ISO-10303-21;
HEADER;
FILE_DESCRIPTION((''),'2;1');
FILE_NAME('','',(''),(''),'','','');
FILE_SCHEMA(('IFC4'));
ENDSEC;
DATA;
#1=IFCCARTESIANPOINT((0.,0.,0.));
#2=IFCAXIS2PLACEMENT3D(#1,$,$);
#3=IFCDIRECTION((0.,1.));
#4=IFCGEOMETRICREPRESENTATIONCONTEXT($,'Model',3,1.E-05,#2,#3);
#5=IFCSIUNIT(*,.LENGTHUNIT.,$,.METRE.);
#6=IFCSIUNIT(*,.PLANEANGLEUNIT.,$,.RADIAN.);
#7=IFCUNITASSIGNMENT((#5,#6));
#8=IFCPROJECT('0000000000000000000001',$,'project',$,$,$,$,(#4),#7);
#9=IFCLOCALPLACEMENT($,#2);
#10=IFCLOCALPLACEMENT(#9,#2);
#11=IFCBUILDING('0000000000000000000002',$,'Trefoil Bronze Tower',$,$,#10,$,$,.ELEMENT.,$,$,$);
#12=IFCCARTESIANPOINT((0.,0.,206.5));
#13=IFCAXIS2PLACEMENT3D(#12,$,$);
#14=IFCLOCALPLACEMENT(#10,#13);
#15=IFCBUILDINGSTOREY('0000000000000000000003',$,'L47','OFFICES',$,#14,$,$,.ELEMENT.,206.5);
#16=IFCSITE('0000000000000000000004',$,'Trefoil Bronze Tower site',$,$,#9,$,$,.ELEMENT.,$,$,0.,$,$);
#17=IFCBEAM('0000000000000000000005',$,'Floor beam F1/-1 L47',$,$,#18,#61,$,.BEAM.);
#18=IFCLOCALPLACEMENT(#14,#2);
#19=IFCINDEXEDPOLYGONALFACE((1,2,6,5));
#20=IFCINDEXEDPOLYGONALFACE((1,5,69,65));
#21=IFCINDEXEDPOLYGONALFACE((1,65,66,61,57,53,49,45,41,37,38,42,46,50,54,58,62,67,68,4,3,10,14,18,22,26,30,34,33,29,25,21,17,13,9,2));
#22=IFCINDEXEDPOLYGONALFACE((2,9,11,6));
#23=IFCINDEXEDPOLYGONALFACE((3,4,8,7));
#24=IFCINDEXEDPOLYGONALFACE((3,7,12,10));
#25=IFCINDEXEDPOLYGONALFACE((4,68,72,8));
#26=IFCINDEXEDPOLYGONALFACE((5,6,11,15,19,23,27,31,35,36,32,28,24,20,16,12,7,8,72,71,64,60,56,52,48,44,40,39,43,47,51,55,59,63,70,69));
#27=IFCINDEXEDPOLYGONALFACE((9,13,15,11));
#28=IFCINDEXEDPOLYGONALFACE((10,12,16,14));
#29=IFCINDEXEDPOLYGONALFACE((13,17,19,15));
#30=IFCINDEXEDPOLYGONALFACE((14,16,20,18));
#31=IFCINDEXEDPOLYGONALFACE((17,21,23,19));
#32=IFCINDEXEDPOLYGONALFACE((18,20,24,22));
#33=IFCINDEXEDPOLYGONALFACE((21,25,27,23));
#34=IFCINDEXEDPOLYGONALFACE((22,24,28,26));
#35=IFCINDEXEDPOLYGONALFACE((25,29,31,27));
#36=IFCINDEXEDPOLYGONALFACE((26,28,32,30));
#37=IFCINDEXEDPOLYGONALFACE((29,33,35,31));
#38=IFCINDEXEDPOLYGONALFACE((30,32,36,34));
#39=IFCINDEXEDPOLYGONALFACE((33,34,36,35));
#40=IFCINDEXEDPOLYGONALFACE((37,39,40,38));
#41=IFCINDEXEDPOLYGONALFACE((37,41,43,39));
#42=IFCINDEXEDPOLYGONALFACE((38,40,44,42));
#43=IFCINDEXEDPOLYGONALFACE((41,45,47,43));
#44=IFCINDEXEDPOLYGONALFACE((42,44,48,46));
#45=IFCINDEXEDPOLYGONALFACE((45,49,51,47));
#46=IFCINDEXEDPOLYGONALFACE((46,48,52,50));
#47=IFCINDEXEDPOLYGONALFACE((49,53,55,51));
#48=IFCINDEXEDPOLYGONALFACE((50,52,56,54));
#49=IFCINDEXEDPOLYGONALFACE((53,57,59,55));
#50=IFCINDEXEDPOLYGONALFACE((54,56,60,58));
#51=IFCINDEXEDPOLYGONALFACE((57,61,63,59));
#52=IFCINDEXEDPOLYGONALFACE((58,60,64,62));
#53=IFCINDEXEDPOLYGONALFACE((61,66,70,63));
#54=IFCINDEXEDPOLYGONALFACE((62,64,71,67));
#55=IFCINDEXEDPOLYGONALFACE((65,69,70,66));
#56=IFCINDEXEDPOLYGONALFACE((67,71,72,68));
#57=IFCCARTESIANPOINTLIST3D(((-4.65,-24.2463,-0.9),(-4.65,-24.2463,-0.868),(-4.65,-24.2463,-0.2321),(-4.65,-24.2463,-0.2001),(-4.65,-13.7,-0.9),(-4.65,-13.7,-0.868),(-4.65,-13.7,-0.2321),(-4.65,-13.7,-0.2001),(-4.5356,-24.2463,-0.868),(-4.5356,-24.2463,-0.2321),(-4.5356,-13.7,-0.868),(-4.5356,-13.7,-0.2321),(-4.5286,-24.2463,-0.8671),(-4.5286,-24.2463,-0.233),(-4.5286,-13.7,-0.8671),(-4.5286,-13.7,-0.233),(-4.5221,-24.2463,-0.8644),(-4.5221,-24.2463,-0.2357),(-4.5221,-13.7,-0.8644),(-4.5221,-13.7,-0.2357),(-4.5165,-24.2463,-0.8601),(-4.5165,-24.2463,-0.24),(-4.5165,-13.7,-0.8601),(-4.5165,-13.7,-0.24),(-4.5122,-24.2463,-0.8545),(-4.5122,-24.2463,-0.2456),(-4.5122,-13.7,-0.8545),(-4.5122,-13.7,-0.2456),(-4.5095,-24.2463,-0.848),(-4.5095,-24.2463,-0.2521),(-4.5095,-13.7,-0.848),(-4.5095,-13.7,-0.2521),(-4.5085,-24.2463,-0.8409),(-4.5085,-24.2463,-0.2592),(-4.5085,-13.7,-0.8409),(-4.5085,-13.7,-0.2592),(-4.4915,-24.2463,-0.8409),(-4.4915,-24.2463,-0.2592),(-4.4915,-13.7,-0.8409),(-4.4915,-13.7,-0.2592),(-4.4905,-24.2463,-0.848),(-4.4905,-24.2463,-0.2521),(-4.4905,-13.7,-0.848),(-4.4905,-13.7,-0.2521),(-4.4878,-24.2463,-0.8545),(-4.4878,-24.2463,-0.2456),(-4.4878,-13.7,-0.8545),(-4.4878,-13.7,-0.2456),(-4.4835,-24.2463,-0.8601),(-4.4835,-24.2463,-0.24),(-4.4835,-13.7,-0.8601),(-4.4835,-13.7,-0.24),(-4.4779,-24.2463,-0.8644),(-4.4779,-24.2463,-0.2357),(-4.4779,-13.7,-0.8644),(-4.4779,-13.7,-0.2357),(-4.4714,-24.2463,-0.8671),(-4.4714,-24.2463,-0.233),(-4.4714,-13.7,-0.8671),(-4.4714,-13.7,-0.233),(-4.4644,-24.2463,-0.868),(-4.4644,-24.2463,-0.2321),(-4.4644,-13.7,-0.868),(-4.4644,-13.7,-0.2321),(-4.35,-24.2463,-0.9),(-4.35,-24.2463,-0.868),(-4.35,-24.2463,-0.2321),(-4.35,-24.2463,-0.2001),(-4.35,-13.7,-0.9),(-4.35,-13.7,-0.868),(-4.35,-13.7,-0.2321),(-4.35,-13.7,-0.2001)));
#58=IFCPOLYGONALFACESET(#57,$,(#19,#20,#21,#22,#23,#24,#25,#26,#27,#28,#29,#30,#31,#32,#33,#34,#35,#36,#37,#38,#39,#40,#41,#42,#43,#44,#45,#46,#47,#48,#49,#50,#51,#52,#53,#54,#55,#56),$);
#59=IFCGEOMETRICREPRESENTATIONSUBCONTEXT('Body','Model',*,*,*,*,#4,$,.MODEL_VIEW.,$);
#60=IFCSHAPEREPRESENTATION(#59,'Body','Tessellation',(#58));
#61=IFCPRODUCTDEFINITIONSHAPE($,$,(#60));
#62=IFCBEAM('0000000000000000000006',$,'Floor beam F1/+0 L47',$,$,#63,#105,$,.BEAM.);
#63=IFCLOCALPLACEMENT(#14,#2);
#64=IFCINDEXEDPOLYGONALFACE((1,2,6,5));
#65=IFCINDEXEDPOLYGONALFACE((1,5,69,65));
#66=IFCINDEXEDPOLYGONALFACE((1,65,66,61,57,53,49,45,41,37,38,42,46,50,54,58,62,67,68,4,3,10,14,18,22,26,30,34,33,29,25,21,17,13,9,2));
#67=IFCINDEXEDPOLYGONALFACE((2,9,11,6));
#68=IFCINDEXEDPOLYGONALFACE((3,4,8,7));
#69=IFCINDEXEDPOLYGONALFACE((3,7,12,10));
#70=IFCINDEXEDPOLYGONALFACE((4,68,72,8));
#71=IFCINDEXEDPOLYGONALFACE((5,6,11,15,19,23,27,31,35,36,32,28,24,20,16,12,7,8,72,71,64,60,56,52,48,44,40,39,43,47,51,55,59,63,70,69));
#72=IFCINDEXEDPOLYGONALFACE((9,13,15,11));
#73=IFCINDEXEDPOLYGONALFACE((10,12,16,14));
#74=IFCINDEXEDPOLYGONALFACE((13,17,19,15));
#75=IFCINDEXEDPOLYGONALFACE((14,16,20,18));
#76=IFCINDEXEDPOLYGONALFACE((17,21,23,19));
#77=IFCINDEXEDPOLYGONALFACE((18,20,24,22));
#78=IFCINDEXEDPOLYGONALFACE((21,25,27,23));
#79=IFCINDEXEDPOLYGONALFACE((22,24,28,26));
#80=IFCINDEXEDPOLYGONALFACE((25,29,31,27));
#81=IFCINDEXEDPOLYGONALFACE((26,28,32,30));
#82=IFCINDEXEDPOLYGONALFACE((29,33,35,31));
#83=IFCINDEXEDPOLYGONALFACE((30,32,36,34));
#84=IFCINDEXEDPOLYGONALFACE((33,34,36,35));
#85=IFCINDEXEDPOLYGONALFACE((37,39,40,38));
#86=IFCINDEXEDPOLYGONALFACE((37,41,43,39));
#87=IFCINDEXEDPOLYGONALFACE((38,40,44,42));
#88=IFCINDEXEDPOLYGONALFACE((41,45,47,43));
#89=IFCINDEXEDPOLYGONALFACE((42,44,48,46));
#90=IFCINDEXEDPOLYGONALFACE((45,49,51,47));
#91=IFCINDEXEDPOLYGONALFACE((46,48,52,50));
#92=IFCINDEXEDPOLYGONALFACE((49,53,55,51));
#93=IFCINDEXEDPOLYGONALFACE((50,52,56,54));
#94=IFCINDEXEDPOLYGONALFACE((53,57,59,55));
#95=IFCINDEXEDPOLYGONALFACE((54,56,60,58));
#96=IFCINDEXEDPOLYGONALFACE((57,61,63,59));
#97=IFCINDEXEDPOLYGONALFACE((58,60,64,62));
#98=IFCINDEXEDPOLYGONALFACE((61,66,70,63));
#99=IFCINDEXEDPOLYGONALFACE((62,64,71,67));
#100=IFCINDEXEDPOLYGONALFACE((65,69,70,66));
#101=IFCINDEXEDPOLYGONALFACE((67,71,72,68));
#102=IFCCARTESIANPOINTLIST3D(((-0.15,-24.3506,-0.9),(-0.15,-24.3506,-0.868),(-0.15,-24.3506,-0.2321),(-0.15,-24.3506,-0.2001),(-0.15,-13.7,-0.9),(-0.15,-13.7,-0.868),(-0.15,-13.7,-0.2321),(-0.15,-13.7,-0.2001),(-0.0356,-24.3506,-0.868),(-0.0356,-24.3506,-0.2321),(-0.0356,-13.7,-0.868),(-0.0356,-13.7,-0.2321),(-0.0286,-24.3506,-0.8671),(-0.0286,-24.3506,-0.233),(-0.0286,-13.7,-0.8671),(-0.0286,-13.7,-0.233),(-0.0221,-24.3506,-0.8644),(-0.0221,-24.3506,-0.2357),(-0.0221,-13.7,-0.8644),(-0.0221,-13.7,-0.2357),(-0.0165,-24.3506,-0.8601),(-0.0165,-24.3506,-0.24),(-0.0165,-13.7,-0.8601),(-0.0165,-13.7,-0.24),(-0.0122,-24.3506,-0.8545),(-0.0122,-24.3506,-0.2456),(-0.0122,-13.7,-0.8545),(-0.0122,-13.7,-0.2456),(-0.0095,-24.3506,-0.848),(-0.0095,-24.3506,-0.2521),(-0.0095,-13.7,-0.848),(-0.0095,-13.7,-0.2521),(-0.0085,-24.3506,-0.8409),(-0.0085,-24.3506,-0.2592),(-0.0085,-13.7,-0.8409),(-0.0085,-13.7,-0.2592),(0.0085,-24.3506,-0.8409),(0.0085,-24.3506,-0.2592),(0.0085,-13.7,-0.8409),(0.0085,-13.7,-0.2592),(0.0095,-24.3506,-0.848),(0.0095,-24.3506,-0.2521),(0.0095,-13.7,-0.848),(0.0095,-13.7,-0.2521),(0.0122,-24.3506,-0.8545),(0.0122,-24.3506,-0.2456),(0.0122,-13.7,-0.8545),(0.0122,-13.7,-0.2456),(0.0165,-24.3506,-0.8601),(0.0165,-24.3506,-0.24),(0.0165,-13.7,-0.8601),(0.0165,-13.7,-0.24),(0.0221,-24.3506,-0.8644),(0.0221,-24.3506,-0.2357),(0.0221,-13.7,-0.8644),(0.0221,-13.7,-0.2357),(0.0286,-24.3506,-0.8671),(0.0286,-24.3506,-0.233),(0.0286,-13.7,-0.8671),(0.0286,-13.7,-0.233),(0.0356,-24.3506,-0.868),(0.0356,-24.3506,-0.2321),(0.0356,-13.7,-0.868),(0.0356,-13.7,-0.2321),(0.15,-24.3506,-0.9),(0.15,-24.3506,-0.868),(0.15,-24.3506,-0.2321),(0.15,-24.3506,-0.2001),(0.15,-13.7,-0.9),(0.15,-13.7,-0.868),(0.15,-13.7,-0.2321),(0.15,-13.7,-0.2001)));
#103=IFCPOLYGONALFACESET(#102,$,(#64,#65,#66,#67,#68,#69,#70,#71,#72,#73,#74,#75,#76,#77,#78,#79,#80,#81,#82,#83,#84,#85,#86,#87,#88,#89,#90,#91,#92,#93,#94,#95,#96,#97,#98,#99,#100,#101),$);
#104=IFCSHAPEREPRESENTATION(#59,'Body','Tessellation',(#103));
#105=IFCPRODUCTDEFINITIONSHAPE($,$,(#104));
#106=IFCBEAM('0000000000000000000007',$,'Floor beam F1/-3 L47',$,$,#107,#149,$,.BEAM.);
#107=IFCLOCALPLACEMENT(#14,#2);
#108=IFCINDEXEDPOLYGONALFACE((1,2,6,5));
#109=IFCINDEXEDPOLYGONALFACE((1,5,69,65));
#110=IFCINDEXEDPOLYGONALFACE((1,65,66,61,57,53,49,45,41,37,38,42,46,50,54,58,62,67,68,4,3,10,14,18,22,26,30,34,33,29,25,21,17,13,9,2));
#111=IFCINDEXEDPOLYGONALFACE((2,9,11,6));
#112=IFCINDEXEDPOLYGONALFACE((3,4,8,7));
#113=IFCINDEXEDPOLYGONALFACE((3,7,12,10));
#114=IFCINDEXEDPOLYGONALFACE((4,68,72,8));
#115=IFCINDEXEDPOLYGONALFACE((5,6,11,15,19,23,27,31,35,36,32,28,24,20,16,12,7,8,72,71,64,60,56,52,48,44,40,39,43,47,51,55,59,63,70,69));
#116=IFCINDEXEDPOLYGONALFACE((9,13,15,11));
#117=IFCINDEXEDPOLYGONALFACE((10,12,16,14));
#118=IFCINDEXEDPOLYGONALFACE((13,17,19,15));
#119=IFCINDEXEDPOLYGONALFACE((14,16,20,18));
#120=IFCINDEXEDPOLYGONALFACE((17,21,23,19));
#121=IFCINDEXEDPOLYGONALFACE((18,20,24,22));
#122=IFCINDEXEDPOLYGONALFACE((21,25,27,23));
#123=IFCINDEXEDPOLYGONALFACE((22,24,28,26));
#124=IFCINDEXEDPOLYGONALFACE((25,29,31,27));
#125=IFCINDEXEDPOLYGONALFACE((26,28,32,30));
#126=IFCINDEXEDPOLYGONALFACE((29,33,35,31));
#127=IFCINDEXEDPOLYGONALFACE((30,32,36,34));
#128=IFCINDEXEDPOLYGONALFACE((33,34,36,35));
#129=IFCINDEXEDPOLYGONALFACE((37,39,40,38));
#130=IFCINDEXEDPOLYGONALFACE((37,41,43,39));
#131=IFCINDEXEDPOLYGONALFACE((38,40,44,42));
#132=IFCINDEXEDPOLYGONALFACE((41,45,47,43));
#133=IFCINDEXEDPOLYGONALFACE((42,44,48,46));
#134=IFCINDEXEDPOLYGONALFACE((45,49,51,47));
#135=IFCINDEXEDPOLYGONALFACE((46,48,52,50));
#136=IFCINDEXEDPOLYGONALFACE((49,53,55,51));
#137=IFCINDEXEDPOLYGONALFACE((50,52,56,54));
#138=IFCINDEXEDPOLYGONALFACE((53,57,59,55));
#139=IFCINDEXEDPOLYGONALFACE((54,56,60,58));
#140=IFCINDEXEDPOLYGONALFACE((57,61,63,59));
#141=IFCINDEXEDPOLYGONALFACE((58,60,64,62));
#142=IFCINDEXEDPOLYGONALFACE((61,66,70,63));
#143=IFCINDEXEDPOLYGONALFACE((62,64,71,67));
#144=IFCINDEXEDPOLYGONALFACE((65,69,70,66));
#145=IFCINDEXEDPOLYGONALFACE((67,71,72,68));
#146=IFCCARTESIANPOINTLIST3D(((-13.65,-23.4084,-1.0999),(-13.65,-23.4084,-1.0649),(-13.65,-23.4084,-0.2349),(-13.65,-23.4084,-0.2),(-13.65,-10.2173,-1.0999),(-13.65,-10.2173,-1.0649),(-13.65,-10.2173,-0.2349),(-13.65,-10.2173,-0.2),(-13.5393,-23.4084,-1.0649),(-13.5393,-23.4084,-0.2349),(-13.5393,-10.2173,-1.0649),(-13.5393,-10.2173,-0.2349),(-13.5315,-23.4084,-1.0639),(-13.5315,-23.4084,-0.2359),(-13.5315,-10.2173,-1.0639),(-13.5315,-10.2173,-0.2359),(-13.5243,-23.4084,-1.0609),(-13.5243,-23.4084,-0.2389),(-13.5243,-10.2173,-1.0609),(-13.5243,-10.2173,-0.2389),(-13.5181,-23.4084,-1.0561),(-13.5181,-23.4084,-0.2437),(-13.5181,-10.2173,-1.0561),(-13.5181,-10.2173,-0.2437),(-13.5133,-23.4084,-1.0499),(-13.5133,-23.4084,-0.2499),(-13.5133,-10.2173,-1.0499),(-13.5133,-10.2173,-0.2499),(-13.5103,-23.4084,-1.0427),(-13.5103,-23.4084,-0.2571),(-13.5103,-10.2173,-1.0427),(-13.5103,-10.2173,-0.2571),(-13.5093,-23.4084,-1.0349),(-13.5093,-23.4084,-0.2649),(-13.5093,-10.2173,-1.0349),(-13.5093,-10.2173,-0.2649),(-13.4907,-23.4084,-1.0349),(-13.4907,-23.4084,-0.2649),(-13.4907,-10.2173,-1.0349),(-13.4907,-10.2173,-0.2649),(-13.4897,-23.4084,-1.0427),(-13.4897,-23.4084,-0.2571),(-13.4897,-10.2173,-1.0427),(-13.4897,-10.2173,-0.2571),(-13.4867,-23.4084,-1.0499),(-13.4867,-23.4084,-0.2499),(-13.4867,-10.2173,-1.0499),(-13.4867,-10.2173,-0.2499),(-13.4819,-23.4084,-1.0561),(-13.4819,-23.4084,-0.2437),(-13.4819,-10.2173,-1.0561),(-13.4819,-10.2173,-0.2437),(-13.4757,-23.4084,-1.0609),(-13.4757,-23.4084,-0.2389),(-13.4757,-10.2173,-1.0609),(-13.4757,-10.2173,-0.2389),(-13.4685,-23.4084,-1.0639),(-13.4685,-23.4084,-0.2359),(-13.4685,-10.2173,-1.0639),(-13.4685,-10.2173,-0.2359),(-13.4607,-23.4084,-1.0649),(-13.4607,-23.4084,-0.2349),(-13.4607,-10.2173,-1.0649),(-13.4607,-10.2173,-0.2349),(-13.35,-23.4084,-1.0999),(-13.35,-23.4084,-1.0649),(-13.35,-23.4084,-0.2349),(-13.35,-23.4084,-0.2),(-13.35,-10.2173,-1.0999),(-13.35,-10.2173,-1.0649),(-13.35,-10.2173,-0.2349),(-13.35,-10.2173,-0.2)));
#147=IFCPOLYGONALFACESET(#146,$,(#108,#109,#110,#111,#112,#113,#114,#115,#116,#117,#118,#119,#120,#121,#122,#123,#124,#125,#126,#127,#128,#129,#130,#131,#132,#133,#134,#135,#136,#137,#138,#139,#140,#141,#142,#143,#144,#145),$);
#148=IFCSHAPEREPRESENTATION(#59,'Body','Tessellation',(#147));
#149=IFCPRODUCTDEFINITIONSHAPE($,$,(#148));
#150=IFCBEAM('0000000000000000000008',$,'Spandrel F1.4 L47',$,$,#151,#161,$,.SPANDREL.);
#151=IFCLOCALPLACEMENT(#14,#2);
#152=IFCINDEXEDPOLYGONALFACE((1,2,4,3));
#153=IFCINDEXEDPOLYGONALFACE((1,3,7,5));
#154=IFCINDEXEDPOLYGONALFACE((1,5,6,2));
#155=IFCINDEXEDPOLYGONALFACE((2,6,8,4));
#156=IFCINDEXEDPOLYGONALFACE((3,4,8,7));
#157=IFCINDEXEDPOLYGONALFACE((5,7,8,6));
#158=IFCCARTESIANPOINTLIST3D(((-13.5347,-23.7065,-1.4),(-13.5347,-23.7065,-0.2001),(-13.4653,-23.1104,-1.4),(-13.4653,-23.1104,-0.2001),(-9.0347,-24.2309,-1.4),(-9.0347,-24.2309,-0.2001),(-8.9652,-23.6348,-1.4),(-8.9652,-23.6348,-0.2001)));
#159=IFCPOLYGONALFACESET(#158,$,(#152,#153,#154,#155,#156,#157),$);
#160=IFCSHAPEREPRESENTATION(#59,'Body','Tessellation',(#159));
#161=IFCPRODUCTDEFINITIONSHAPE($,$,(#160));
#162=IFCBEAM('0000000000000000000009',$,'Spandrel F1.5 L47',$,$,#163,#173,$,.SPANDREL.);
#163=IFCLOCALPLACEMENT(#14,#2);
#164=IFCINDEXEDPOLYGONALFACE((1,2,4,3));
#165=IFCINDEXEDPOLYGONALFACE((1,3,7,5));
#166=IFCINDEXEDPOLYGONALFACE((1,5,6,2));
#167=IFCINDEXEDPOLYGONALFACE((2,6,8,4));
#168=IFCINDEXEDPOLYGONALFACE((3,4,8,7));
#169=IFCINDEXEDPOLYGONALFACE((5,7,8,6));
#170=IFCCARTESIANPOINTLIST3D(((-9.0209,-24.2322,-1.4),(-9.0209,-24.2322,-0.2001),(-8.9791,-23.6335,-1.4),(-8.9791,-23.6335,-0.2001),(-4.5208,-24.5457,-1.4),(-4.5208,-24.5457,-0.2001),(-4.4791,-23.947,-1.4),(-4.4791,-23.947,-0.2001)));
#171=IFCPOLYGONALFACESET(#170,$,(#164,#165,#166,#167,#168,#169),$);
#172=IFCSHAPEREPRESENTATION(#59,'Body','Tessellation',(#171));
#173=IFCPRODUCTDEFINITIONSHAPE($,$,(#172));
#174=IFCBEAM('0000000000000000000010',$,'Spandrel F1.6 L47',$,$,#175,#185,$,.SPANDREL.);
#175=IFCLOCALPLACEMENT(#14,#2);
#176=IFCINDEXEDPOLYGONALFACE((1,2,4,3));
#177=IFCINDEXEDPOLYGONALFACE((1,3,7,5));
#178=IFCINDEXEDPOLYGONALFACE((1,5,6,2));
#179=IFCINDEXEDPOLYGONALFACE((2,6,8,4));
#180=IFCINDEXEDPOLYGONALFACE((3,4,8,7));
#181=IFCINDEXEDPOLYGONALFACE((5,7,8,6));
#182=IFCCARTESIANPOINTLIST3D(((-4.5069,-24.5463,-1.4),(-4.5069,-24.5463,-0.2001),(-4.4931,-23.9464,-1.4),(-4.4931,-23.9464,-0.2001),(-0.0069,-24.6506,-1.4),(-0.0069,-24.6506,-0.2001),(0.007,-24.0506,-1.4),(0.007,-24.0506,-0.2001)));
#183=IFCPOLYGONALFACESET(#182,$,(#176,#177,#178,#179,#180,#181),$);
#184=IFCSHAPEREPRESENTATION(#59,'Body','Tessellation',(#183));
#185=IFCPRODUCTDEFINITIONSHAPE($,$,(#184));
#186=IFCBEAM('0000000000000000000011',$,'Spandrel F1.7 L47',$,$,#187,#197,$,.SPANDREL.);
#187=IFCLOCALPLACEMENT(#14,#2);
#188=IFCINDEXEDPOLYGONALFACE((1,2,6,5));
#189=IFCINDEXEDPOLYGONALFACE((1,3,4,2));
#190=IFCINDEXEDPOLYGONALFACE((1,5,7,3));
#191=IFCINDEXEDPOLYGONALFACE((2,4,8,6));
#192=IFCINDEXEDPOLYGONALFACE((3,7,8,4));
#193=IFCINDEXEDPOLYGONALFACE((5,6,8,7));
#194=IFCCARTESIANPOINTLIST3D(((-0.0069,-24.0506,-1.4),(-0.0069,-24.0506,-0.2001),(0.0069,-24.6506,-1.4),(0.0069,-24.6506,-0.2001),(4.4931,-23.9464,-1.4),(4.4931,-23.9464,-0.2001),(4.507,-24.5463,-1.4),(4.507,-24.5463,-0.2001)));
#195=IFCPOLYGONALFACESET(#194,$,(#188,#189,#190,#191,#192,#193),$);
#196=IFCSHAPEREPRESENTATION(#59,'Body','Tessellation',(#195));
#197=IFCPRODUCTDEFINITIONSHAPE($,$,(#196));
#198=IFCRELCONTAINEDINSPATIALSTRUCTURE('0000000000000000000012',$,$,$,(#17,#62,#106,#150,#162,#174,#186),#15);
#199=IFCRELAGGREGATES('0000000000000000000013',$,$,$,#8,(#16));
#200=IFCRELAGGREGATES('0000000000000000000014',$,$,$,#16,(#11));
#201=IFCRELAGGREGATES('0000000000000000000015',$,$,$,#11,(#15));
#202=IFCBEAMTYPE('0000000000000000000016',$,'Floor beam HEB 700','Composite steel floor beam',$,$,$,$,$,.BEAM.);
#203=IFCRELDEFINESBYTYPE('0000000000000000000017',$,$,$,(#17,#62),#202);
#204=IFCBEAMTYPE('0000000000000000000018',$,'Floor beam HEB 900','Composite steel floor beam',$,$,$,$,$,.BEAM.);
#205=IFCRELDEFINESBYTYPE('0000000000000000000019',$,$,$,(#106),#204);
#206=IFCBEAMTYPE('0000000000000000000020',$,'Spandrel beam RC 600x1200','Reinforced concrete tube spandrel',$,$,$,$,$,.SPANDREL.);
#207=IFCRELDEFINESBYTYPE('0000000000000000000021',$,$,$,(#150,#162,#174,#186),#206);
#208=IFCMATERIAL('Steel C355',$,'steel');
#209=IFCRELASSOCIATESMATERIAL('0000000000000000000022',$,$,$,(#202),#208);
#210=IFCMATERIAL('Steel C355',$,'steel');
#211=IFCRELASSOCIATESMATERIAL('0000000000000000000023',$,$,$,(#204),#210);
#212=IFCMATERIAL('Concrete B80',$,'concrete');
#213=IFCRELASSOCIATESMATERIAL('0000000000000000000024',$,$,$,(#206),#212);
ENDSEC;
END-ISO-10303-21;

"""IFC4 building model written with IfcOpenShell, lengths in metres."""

from ifc_helpers import new_model, si_unit, direction, frame, origin, origin_2d, place, context, subcontext, project, spatial, rectangle, i_section, extrude, material, material_profile, profile_set, type_object, element, save


model = new_model("IFC4")

# Units and contexts
model_context = context("Model", 3, precision=1e-05, world=origin(), true_north=direction((0.0, 1.0)))
body_context = subcontext(model_context, "Body", "Model", "MODEL_VIEW")
ifc_project = project(units=[si_unit("LENGTHUNIT", "METRE"), si_unit("PLANEANGLEUNIT", "RADIAN")], contexts=[model_context])

# Site, building, storey
site_placement = place(None, origin())
site = spatial("IfcSite", under=ifc_project, at=site_placement, Name="Trefoil Bronze Tower site", CompositionType="ELEMENT", RefElevation=0.0)
building_placement = place(site_placement, origin())
building = spatial("IfcBuilding", under=site, at=building_placement, Name="Trefoil Bronze Tower", CompositionType="ELEMENT")
storey_placement = place(building_placement, frame((0.0, 0.0, 206.5)))
storey = spatial("IfcBuildingStorey", under=building, at=storey_placement, Name="L47", Description="OFFICES", CompositionType="ELEMENT", Elevation=206.5)

# Beams
ifc_material_1 = material(Name="Steel C355", Category="steel")
ifc_material_profile_1 = material_profile(ifc_material_1, i_section(OverallWidth=0.3, OverallDepth=0.7, WebThickness=0.0171, FlangeThickness=0.032, FilletRadius=0.0271, at=origin_2d()), Name="HEB 700")
ifc_profile_set_1 = profile_set([ifc_material_profile_1], Name="Steel C355")
beam_type_1 = type_object("IfcBeamType", Name="Floor beam HEB 700", Description="Composite steel floor beam", PredefinedType="BEAM", material=ifc_profile_set_1)
beam_1_placement = place(storey_placement, frame((-4.5, -24.2463, -0.55), z_axis=(0.0, 1.0, 0.0), x_axis=(-1.0, 0.0, 0.0)))
element("IfcBeam", 1, at=beam_1_placement, inside=storey, type_object=beam_type_1, Name="Floor beam F1/-1 L47", PredefinedType="BEAM", context=body_context, shape_type="SweptSolid", body=[
    extrude(i_section(OverallWidth=0.3, OverallDepth=0.7, WebThickness=0.0171, FlangeThickness=0.032, FilletRadius=0.0271, at=origin_2d()), origin(), (0.0, 0.0, 1.0), 10.5464),
])
beam_2_placement = place(storey_placement, frame((0.0, -24.3506, -0.55), z_axis=(0.0, 1.0, 0.0), x_axis=(-1.0, 0.0, 0.0)))
element("IfcBeam", 2, at=beam_2_placement, inside=storey, type_object=beam_type_1, Name="Floor beam F1/+0 L47", PredefinedType="BEAM", context=body_context, shape_type="SweptSolid", body=[
    extrude(i_section(OverallWidth=0.3, OverallDepth=0.7, WebThickness=0.0171, FlangeThickness=0.032, FilletRadius=0.0271, at=origin_2d()), origin(), (0.0, 0.0, 1.0), 10.6506),
])
ifc_material_2 = material(Name="Steel C355", Category="steel")
ifc_material_profile_2 = material_profile(ifc_material_2, i_section(OverallWidth=0.3, OverallDepth=0.8999, WebThickness=0.0186, FlangeThickness=0.0349, FilletRadius=0.03, at=origin_2d()), Name="HEB 900")
ifc_profile_set_2 = profile_set([ifc_material_profile_2], Name="Steel C355")
beam_type_2 = type_object("IfcBeamType", Name="Floor beam HEB 900", Description="Composite steel floor beam", PredefinedType="BEAM", material=ifc_profile_set_2)
beam_3_placement = place(storey_placement, frame((-13.5, -23.4084, -0.6499), z_axis=(0.0, 1.0, 0.0), x_axis=(-1.0, 0.0, 0.0)))
element("IfcBeam", 3, at=beam_3_placement, inside=storey, type_object=beam_type_2, Name="Floor beam F1/-3 L47", PredefinedType="BEAM", context=body_context, shape_type="SweptSolid", body=[
    extrude(i_section(OverallWidth=0.3, OverallDepth=0.8999, WebThickness=0.0186, FlangeThickness=0.0349, FilletRadius=0.03, at=origin_2d()), origin(), (0.0, 0.0, 1.0), 13.1912),
])
ifc_material_3 = material(Name="Concrete B80", Category="concrete")
ifc_material_profile_3 = material_profile(ifc_material_3, rectangle(XDim=0.6001, YDim=1.2, at=origin_2d()), Name="RC 600x1200")
ifc_profile_set_3 = profile_set([ifc_material_profile_3], Name="Concrete B80")
beam_type_3 = type_object("IfcBeamType", Name="Spandrel beam RC 600x1200", Description="Reinforced concrete tube spandrel", PredefinedType="SPANDREL", material=ifc_profile_set_3)
beam_4_placement = place(storey_placement, frame((-13.5, -23.4084, -0.8), z_axis=(0.993278, -0.115753, 0.0), x_axis=(0.115753, 0.993278, 0.0)))
element("IfcBeam", 4, at=beam_4_placement, inside=storey, type_object=beam_type_3, Name="Spandrel F1.4 L47", PredefinedType="SPANDREL", context=body_context, shape_type="SweptSolid", body=[
    extrude(rectangle(XDim=0.6001, YDim=1.2, at=origin_2d()), origin(), (0.0, 0.0, 1.0), 4.5305),
])
beam_5_placement = place(storey_placement, frame((-9.0, -23.9329, -0.8), z_axis=(0.997582, -0.069493, 0.0), x_axis=(0.069493, 0.997582, 0.0)))
element("IfcBeam", 5, at=beam_5_placement, inside=storey, type_object=beam_type_3, Name="Spandrel F1.5 L47", PredefinedType="SPANDREL", context=body_context, shape_type="SweptSolid", body=[
    extrude(rectangle(XDim=0.6001, YDim=1.2, at=origin_2d()), origin(), (0.0, 0.0, 1.0), 4.511),
])
for number, where, z_axis, x_axis, name in (
    (6, (-4.5, -24.2463, -0.8), (0.999732, -0.02316, 0.0), (0.02316, 0.999732, 0.0), "Spandrel F1.6 L47"),
    (7, (0.0, -24.3506, -0.8), (0.999732, 0.02316, 0.0), (-0.02316, 0.999732, 0.0), "Spandrel F1.7 L47"),
):
    element("IfcBeam", number, at=place(storey_placement, frame(where, z_axis=z_axis, x_axis=x_axis)), inside=storey, type_object=beam_type_3, Name=name, PredefinedType="SPANDREL", context=body_context, shape_type="SweptSolid", body=[
        extrude(rectangle(XDim=0.6001, YDim=1.2, at=origin_2d()), origin(), (0.0, 0.0, 1.0), 4.5012),
    ])

save(model, "model.ifc")
